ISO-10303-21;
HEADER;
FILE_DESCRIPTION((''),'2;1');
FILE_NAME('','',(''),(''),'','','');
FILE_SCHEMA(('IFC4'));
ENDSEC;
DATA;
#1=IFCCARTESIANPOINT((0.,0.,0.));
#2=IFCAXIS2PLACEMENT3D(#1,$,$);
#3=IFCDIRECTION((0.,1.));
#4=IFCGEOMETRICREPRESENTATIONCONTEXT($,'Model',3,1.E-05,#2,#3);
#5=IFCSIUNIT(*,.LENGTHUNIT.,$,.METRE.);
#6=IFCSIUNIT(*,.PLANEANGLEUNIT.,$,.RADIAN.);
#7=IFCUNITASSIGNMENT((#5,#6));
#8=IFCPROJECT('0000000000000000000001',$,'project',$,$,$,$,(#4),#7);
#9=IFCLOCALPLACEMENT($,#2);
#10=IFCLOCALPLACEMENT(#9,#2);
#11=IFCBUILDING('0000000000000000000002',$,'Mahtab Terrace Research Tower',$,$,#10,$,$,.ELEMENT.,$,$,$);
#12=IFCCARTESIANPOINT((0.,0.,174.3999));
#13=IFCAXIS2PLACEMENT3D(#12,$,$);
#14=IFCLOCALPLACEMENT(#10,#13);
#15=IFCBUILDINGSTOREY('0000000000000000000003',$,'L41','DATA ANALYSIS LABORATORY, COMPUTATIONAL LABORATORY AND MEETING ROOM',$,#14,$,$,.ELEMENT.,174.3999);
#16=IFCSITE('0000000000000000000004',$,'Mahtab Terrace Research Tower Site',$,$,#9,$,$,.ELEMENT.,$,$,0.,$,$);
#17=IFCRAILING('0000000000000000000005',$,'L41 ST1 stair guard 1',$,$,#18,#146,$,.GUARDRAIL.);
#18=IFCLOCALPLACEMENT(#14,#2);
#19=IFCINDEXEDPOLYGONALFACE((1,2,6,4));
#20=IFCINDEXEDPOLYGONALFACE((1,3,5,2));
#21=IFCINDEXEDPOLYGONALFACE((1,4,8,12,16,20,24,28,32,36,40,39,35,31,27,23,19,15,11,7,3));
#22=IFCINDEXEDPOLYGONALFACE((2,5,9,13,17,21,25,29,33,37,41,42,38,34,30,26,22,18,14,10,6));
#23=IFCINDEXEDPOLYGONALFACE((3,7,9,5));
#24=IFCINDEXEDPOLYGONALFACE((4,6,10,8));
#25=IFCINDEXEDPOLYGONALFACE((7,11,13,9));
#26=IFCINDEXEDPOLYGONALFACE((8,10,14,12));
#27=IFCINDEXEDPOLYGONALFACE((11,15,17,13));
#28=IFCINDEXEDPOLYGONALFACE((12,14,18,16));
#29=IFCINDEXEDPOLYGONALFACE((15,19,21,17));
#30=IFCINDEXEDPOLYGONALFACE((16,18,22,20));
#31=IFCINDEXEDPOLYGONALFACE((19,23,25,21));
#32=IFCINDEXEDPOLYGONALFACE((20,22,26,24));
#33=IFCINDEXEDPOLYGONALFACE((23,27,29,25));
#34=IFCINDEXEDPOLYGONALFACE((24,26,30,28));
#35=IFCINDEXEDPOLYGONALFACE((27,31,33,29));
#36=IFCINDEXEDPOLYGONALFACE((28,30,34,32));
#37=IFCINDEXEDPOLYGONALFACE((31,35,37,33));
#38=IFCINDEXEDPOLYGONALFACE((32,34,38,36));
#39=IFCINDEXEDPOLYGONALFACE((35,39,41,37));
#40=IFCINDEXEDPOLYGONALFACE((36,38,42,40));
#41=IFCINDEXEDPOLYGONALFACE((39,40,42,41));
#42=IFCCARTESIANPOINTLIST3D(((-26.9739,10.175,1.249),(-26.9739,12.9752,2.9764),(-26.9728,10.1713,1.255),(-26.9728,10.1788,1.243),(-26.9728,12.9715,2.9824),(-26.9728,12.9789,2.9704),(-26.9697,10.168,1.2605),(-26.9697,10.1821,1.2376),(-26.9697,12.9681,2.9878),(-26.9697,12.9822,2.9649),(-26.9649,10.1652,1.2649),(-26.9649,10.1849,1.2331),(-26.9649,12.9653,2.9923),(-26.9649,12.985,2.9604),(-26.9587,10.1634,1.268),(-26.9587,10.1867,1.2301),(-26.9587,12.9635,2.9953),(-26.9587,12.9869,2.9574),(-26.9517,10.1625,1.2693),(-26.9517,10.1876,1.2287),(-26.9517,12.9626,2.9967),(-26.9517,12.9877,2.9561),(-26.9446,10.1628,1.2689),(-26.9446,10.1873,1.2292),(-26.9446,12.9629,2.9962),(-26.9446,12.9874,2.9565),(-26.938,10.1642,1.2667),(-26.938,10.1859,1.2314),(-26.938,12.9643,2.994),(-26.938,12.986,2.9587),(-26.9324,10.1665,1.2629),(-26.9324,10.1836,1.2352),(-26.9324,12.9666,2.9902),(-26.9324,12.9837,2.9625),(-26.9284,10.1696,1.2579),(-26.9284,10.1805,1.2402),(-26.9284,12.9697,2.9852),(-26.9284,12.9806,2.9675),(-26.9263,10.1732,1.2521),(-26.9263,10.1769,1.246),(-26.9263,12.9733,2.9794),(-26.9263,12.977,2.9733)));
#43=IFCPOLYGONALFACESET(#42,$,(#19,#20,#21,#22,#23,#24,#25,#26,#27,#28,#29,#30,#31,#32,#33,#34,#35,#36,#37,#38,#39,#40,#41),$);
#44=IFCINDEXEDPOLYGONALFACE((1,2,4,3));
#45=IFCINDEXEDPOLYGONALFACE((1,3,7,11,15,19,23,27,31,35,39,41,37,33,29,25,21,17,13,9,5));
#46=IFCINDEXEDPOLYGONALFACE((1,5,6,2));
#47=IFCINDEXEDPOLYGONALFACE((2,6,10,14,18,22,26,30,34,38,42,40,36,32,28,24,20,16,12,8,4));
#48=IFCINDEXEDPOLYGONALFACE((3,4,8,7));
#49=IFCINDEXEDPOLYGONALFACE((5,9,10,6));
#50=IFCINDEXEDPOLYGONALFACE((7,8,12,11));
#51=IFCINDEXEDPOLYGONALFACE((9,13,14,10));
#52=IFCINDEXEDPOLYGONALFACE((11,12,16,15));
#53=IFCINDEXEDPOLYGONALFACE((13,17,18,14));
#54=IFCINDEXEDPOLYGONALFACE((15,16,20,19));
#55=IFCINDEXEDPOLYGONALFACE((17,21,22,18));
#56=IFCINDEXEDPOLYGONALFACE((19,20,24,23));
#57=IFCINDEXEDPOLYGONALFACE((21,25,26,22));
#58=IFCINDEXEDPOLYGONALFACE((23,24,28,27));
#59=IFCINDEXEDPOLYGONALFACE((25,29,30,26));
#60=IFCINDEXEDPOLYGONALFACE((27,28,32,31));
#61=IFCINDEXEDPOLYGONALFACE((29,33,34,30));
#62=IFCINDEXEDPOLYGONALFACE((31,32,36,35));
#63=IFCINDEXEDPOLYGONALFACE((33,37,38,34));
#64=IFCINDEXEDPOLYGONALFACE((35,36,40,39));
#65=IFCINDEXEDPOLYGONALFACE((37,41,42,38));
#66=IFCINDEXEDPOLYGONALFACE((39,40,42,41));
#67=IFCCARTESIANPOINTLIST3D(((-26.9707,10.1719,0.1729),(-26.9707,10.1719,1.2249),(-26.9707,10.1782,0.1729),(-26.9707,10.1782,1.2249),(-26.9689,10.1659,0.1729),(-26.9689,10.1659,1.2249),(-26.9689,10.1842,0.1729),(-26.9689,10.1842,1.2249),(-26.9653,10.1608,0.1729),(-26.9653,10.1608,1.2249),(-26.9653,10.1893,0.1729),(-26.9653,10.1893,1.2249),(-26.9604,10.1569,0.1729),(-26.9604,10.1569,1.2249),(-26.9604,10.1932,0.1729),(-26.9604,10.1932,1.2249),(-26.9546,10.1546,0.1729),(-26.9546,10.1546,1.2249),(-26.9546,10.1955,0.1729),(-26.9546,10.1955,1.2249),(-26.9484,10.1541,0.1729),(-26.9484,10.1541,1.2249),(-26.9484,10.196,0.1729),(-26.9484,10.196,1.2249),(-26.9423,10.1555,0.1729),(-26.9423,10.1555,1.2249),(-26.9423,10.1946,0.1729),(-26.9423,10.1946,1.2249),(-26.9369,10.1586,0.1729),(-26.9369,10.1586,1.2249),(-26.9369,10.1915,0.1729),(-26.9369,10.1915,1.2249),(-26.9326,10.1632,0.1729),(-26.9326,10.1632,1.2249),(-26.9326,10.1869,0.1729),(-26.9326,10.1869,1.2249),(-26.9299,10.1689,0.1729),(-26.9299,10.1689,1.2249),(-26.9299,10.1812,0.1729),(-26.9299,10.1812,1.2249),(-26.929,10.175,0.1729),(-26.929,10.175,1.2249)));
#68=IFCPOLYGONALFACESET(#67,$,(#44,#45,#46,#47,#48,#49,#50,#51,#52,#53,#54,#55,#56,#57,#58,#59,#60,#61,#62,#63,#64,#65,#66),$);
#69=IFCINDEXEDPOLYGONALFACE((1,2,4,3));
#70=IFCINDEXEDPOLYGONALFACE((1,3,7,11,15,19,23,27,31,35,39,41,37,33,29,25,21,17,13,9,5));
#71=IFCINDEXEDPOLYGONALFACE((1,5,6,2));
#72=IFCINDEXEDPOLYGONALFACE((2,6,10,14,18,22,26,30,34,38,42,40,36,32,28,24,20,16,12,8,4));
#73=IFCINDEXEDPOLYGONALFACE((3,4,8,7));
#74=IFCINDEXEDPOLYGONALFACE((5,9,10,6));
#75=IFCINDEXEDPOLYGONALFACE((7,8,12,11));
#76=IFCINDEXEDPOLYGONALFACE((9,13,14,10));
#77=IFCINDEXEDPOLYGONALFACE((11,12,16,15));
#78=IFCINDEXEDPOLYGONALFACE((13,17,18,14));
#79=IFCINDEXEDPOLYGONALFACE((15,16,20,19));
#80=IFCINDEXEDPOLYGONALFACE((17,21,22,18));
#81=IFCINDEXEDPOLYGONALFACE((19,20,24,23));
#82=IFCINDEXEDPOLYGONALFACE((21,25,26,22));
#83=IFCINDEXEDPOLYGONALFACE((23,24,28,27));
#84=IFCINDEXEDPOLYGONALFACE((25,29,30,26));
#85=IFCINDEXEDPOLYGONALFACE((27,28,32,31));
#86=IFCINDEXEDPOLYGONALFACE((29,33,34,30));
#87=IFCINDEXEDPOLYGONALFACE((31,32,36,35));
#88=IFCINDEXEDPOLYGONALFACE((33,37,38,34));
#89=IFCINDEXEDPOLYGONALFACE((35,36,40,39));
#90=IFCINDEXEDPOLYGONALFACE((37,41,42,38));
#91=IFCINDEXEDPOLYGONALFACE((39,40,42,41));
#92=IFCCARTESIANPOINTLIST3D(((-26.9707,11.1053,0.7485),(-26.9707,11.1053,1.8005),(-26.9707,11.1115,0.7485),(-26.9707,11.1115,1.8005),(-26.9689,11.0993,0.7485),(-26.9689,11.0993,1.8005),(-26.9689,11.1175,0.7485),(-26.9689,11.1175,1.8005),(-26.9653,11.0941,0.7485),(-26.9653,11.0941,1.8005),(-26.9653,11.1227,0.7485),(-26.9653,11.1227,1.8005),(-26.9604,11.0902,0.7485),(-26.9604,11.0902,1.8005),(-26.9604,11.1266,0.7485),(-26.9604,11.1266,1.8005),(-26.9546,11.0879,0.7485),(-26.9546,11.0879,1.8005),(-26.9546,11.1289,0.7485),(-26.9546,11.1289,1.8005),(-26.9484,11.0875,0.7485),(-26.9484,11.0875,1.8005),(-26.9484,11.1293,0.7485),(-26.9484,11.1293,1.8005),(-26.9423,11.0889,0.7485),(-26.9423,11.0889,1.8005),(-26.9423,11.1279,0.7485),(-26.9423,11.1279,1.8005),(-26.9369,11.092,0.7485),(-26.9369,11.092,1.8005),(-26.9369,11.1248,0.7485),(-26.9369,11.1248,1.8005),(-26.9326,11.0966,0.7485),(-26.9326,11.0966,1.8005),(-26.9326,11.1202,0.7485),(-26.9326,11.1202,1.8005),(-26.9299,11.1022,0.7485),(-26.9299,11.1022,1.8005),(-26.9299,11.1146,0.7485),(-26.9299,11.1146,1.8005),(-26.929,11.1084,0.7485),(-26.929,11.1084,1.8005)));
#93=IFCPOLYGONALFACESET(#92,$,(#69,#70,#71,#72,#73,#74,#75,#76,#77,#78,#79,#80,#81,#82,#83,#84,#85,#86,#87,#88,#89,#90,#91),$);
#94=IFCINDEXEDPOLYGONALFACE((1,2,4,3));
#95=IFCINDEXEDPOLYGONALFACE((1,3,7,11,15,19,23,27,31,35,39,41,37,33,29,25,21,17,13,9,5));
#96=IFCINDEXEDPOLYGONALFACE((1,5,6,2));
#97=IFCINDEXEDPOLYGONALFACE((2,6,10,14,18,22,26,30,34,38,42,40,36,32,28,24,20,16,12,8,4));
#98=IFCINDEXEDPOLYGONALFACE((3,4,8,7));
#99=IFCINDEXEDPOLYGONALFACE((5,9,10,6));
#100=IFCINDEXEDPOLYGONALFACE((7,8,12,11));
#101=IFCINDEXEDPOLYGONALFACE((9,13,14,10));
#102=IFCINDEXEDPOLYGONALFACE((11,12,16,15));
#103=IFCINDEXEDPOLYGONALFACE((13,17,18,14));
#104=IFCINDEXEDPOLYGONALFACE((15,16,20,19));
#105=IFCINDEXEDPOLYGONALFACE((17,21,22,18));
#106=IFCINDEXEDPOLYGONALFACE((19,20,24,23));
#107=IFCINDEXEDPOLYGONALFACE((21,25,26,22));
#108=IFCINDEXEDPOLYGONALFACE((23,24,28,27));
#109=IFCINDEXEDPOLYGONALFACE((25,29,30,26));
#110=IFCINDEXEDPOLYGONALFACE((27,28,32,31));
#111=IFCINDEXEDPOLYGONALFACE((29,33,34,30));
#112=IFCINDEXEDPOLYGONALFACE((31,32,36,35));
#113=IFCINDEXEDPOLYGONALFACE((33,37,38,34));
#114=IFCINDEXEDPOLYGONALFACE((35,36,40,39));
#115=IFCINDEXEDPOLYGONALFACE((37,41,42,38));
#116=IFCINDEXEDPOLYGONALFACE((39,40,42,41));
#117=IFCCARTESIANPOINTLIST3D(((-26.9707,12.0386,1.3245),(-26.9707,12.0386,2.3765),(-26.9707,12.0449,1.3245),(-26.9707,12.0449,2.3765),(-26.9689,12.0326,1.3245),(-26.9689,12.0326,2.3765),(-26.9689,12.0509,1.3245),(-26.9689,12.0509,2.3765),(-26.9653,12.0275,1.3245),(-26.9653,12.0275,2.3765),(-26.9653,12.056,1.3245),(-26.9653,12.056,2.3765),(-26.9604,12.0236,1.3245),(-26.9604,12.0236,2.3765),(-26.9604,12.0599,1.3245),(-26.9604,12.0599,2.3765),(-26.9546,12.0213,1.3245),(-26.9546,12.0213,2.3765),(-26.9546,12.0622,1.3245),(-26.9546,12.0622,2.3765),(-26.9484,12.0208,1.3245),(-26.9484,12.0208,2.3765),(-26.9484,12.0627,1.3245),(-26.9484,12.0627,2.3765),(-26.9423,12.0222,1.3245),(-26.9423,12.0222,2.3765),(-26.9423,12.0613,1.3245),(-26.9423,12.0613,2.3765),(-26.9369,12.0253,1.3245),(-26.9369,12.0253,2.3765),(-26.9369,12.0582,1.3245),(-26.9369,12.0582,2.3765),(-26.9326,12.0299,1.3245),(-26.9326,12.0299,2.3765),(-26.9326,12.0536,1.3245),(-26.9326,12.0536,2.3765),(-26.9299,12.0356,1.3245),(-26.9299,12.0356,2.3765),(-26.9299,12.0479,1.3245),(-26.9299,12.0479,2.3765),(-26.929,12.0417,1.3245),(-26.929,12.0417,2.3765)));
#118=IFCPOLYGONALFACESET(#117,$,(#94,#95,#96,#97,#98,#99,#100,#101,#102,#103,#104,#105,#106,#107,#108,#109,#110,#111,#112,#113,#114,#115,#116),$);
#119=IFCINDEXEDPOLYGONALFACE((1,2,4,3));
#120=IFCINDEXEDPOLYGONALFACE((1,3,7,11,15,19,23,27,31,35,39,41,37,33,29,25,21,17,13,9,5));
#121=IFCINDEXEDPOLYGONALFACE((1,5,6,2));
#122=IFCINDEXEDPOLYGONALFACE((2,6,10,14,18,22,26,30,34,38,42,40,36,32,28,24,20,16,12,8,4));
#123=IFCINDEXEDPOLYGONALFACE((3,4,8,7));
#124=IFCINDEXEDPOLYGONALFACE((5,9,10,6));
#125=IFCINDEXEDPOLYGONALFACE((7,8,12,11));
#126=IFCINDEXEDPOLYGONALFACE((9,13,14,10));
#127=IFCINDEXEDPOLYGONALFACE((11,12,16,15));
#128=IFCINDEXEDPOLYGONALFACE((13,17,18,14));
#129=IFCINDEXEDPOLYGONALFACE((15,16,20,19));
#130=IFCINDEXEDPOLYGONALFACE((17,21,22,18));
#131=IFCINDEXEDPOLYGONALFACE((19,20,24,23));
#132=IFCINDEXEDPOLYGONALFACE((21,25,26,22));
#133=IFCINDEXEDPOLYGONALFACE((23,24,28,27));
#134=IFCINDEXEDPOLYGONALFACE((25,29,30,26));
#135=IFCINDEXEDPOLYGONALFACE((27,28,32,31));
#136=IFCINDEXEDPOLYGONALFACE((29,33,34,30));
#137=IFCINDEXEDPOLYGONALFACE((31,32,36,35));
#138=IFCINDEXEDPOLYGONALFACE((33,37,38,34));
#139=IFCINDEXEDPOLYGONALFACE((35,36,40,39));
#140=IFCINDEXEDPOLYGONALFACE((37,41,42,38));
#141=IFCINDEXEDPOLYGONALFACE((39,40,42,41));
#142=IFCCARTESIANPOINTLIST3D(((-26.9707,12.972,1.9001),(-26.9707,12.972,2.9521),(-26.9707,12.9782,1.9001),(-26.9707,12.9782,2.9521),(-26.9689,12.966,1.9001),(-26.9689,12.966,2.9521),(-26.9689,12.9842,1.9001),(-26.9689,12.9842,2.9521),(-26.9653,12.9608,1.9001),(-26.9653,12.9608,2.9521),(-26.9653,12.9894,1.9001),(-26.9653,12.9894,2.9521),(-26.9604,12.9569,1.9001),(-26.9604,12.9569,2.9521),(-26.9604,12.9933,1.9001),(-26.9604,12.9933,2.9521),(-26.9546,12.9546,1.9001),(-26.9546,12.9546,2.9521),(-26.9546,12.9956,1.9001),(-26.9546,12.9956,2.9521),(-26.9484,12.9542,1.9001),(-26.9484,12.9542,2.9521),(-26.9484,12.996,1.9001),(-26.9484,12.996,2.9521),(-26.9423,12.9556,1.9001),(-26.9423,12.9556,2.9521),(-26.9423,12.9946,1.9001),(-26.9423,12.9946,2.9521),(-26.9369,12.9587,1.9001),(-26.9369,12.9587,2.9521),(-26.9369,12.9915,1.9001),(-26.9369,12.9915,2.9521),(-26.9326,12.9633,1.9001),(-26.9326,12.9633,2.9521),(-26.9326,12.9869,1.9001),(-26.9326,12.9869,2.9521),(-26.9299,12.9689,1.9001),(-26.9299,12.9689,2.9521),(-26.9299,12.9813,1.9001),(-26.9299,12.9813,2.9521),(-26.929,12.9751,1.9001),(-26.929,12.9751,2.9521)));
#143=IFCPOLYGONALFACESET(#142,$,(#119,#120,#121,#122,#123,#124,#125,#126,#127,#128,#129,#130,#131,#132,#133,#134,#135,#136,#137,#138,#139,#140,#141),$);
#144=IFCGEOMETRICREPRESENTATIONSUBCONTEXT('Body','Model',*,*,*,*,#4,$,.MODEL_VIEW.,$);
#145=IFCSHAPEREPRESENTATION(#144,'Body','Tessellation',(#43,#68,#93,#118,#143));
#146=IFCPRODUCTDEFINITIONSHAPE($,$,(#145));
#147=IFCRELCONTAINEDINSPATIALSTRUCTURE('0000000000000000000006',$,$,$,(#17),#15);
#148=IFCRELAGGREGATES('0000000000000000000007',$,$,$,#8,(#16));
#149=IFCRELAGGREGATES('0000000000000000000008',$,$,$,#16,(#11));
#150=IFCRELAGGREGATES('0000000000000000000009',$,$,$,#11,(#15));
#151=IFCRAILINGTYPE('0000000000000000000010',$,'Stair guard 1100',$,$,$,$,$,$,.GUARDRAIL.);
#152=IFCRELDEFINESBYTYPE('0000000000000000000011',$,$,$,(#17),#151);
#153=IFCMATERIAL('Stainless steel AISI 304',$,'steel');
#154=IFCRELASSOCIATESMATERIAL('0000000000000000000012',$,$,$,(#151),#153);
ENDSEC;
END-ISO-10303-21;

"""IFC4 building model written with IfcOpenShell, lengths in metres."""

from ifc_helpers import new_model, si_unit, direction, frame, origin, origin_2d, place, context, subcontext, project, spatial, circle, extrude, material, type_object, element, save


model = new_model("IFC4")

# Units and contexts
model_context = context("Model", 3, precision=1e-05, world=origin(), true_north=direction((0.0, 1.0)))
body_context = subcontext(model_context, "Body", "Model", "MODEL_VIEW")
ifc_project = project(units=[si_unit("LENGTHUNIT", "METRE"), si_unit("PLANEANGLEUNIT", "RADIAN")], contexts=[model_context])

# Site, building, storey
site_placement = place(None, origin())
site = spatial("IfcSite", under=ifc_project, at=site_placement, Name="Mahtab Terrace Research Tower Site", CompositionType="ELEMENT", RefElevation=0.0)
building_placement = place(site_placement, origin())
building = spatial("IfcBuilding", under=site, at=building_placement, Name="Mahtab Terrace Research Tower", CompositionType="ELEMENT")
storey_placement = place(building_placement, frame((0.0, 0.0, 174.3999)))
storey = spatial("IfcBuildingStorey", under=building, at=storey_placement, Name="L41", Description="DATA ANALYSIS LABORATORY, COMPUTATIONAL LABORATORY AND MEETING ROOM", CompositionType="ELEMENT", Elevation=174.3999)

# Railing
ifc_material_1 = material(Name="Stainless steel AISI 304", Category="steel")
railing_type_1 = type_object("IfcRailingType", Name="Stair guard 1100", PredefinedType="GUARDRAIL", material=ifc_material_1)
railing_1_placement = place(storey_placement, frame((-26.95, 10.175, 0.1729)))
element("IfcRailing", 1, at=railing_1_placement, inside=storey, type_object=railing_type_1, Name="L41 ST1 stair guard 1", PredefinedType="GUARDRAIL", context=body_context, shape_type="SweptSolid", body=[
    extrude(circle(Radius=0.0239, at=origin_2d()), frame((0.0, 0.0, 1.0762), z_axis=(0.0, 0.85109, 0.52502), x_axis=(-1.0, 0.0, 0.0)), (0.0, 0.0, 1.0), 3.29),
    extrude(circle(Radius=0.021, at=origin_2d()), origin(), (0.0, 0.0, 1.0), 1.052),
    extrude(circle(Radius=0.021, at=origin_2d()), frame((0.0, 0.9333, 0.5757)), (0.0, 0.0, 1.0), 1.052),
    extrude(circle(Radius=0.021, at=origin_2d()), frame((0.0, 1.8667, 1.1516)), (0.0, 0.0, 1.0), 1.052),
    extrude(circle(Radius=0.021, at=origin_2d()), frame((0.0, 2.8, 1.7273)), (0.0, 0.0, 1.0), 1.052),
])

save(model, "model.ifc")
